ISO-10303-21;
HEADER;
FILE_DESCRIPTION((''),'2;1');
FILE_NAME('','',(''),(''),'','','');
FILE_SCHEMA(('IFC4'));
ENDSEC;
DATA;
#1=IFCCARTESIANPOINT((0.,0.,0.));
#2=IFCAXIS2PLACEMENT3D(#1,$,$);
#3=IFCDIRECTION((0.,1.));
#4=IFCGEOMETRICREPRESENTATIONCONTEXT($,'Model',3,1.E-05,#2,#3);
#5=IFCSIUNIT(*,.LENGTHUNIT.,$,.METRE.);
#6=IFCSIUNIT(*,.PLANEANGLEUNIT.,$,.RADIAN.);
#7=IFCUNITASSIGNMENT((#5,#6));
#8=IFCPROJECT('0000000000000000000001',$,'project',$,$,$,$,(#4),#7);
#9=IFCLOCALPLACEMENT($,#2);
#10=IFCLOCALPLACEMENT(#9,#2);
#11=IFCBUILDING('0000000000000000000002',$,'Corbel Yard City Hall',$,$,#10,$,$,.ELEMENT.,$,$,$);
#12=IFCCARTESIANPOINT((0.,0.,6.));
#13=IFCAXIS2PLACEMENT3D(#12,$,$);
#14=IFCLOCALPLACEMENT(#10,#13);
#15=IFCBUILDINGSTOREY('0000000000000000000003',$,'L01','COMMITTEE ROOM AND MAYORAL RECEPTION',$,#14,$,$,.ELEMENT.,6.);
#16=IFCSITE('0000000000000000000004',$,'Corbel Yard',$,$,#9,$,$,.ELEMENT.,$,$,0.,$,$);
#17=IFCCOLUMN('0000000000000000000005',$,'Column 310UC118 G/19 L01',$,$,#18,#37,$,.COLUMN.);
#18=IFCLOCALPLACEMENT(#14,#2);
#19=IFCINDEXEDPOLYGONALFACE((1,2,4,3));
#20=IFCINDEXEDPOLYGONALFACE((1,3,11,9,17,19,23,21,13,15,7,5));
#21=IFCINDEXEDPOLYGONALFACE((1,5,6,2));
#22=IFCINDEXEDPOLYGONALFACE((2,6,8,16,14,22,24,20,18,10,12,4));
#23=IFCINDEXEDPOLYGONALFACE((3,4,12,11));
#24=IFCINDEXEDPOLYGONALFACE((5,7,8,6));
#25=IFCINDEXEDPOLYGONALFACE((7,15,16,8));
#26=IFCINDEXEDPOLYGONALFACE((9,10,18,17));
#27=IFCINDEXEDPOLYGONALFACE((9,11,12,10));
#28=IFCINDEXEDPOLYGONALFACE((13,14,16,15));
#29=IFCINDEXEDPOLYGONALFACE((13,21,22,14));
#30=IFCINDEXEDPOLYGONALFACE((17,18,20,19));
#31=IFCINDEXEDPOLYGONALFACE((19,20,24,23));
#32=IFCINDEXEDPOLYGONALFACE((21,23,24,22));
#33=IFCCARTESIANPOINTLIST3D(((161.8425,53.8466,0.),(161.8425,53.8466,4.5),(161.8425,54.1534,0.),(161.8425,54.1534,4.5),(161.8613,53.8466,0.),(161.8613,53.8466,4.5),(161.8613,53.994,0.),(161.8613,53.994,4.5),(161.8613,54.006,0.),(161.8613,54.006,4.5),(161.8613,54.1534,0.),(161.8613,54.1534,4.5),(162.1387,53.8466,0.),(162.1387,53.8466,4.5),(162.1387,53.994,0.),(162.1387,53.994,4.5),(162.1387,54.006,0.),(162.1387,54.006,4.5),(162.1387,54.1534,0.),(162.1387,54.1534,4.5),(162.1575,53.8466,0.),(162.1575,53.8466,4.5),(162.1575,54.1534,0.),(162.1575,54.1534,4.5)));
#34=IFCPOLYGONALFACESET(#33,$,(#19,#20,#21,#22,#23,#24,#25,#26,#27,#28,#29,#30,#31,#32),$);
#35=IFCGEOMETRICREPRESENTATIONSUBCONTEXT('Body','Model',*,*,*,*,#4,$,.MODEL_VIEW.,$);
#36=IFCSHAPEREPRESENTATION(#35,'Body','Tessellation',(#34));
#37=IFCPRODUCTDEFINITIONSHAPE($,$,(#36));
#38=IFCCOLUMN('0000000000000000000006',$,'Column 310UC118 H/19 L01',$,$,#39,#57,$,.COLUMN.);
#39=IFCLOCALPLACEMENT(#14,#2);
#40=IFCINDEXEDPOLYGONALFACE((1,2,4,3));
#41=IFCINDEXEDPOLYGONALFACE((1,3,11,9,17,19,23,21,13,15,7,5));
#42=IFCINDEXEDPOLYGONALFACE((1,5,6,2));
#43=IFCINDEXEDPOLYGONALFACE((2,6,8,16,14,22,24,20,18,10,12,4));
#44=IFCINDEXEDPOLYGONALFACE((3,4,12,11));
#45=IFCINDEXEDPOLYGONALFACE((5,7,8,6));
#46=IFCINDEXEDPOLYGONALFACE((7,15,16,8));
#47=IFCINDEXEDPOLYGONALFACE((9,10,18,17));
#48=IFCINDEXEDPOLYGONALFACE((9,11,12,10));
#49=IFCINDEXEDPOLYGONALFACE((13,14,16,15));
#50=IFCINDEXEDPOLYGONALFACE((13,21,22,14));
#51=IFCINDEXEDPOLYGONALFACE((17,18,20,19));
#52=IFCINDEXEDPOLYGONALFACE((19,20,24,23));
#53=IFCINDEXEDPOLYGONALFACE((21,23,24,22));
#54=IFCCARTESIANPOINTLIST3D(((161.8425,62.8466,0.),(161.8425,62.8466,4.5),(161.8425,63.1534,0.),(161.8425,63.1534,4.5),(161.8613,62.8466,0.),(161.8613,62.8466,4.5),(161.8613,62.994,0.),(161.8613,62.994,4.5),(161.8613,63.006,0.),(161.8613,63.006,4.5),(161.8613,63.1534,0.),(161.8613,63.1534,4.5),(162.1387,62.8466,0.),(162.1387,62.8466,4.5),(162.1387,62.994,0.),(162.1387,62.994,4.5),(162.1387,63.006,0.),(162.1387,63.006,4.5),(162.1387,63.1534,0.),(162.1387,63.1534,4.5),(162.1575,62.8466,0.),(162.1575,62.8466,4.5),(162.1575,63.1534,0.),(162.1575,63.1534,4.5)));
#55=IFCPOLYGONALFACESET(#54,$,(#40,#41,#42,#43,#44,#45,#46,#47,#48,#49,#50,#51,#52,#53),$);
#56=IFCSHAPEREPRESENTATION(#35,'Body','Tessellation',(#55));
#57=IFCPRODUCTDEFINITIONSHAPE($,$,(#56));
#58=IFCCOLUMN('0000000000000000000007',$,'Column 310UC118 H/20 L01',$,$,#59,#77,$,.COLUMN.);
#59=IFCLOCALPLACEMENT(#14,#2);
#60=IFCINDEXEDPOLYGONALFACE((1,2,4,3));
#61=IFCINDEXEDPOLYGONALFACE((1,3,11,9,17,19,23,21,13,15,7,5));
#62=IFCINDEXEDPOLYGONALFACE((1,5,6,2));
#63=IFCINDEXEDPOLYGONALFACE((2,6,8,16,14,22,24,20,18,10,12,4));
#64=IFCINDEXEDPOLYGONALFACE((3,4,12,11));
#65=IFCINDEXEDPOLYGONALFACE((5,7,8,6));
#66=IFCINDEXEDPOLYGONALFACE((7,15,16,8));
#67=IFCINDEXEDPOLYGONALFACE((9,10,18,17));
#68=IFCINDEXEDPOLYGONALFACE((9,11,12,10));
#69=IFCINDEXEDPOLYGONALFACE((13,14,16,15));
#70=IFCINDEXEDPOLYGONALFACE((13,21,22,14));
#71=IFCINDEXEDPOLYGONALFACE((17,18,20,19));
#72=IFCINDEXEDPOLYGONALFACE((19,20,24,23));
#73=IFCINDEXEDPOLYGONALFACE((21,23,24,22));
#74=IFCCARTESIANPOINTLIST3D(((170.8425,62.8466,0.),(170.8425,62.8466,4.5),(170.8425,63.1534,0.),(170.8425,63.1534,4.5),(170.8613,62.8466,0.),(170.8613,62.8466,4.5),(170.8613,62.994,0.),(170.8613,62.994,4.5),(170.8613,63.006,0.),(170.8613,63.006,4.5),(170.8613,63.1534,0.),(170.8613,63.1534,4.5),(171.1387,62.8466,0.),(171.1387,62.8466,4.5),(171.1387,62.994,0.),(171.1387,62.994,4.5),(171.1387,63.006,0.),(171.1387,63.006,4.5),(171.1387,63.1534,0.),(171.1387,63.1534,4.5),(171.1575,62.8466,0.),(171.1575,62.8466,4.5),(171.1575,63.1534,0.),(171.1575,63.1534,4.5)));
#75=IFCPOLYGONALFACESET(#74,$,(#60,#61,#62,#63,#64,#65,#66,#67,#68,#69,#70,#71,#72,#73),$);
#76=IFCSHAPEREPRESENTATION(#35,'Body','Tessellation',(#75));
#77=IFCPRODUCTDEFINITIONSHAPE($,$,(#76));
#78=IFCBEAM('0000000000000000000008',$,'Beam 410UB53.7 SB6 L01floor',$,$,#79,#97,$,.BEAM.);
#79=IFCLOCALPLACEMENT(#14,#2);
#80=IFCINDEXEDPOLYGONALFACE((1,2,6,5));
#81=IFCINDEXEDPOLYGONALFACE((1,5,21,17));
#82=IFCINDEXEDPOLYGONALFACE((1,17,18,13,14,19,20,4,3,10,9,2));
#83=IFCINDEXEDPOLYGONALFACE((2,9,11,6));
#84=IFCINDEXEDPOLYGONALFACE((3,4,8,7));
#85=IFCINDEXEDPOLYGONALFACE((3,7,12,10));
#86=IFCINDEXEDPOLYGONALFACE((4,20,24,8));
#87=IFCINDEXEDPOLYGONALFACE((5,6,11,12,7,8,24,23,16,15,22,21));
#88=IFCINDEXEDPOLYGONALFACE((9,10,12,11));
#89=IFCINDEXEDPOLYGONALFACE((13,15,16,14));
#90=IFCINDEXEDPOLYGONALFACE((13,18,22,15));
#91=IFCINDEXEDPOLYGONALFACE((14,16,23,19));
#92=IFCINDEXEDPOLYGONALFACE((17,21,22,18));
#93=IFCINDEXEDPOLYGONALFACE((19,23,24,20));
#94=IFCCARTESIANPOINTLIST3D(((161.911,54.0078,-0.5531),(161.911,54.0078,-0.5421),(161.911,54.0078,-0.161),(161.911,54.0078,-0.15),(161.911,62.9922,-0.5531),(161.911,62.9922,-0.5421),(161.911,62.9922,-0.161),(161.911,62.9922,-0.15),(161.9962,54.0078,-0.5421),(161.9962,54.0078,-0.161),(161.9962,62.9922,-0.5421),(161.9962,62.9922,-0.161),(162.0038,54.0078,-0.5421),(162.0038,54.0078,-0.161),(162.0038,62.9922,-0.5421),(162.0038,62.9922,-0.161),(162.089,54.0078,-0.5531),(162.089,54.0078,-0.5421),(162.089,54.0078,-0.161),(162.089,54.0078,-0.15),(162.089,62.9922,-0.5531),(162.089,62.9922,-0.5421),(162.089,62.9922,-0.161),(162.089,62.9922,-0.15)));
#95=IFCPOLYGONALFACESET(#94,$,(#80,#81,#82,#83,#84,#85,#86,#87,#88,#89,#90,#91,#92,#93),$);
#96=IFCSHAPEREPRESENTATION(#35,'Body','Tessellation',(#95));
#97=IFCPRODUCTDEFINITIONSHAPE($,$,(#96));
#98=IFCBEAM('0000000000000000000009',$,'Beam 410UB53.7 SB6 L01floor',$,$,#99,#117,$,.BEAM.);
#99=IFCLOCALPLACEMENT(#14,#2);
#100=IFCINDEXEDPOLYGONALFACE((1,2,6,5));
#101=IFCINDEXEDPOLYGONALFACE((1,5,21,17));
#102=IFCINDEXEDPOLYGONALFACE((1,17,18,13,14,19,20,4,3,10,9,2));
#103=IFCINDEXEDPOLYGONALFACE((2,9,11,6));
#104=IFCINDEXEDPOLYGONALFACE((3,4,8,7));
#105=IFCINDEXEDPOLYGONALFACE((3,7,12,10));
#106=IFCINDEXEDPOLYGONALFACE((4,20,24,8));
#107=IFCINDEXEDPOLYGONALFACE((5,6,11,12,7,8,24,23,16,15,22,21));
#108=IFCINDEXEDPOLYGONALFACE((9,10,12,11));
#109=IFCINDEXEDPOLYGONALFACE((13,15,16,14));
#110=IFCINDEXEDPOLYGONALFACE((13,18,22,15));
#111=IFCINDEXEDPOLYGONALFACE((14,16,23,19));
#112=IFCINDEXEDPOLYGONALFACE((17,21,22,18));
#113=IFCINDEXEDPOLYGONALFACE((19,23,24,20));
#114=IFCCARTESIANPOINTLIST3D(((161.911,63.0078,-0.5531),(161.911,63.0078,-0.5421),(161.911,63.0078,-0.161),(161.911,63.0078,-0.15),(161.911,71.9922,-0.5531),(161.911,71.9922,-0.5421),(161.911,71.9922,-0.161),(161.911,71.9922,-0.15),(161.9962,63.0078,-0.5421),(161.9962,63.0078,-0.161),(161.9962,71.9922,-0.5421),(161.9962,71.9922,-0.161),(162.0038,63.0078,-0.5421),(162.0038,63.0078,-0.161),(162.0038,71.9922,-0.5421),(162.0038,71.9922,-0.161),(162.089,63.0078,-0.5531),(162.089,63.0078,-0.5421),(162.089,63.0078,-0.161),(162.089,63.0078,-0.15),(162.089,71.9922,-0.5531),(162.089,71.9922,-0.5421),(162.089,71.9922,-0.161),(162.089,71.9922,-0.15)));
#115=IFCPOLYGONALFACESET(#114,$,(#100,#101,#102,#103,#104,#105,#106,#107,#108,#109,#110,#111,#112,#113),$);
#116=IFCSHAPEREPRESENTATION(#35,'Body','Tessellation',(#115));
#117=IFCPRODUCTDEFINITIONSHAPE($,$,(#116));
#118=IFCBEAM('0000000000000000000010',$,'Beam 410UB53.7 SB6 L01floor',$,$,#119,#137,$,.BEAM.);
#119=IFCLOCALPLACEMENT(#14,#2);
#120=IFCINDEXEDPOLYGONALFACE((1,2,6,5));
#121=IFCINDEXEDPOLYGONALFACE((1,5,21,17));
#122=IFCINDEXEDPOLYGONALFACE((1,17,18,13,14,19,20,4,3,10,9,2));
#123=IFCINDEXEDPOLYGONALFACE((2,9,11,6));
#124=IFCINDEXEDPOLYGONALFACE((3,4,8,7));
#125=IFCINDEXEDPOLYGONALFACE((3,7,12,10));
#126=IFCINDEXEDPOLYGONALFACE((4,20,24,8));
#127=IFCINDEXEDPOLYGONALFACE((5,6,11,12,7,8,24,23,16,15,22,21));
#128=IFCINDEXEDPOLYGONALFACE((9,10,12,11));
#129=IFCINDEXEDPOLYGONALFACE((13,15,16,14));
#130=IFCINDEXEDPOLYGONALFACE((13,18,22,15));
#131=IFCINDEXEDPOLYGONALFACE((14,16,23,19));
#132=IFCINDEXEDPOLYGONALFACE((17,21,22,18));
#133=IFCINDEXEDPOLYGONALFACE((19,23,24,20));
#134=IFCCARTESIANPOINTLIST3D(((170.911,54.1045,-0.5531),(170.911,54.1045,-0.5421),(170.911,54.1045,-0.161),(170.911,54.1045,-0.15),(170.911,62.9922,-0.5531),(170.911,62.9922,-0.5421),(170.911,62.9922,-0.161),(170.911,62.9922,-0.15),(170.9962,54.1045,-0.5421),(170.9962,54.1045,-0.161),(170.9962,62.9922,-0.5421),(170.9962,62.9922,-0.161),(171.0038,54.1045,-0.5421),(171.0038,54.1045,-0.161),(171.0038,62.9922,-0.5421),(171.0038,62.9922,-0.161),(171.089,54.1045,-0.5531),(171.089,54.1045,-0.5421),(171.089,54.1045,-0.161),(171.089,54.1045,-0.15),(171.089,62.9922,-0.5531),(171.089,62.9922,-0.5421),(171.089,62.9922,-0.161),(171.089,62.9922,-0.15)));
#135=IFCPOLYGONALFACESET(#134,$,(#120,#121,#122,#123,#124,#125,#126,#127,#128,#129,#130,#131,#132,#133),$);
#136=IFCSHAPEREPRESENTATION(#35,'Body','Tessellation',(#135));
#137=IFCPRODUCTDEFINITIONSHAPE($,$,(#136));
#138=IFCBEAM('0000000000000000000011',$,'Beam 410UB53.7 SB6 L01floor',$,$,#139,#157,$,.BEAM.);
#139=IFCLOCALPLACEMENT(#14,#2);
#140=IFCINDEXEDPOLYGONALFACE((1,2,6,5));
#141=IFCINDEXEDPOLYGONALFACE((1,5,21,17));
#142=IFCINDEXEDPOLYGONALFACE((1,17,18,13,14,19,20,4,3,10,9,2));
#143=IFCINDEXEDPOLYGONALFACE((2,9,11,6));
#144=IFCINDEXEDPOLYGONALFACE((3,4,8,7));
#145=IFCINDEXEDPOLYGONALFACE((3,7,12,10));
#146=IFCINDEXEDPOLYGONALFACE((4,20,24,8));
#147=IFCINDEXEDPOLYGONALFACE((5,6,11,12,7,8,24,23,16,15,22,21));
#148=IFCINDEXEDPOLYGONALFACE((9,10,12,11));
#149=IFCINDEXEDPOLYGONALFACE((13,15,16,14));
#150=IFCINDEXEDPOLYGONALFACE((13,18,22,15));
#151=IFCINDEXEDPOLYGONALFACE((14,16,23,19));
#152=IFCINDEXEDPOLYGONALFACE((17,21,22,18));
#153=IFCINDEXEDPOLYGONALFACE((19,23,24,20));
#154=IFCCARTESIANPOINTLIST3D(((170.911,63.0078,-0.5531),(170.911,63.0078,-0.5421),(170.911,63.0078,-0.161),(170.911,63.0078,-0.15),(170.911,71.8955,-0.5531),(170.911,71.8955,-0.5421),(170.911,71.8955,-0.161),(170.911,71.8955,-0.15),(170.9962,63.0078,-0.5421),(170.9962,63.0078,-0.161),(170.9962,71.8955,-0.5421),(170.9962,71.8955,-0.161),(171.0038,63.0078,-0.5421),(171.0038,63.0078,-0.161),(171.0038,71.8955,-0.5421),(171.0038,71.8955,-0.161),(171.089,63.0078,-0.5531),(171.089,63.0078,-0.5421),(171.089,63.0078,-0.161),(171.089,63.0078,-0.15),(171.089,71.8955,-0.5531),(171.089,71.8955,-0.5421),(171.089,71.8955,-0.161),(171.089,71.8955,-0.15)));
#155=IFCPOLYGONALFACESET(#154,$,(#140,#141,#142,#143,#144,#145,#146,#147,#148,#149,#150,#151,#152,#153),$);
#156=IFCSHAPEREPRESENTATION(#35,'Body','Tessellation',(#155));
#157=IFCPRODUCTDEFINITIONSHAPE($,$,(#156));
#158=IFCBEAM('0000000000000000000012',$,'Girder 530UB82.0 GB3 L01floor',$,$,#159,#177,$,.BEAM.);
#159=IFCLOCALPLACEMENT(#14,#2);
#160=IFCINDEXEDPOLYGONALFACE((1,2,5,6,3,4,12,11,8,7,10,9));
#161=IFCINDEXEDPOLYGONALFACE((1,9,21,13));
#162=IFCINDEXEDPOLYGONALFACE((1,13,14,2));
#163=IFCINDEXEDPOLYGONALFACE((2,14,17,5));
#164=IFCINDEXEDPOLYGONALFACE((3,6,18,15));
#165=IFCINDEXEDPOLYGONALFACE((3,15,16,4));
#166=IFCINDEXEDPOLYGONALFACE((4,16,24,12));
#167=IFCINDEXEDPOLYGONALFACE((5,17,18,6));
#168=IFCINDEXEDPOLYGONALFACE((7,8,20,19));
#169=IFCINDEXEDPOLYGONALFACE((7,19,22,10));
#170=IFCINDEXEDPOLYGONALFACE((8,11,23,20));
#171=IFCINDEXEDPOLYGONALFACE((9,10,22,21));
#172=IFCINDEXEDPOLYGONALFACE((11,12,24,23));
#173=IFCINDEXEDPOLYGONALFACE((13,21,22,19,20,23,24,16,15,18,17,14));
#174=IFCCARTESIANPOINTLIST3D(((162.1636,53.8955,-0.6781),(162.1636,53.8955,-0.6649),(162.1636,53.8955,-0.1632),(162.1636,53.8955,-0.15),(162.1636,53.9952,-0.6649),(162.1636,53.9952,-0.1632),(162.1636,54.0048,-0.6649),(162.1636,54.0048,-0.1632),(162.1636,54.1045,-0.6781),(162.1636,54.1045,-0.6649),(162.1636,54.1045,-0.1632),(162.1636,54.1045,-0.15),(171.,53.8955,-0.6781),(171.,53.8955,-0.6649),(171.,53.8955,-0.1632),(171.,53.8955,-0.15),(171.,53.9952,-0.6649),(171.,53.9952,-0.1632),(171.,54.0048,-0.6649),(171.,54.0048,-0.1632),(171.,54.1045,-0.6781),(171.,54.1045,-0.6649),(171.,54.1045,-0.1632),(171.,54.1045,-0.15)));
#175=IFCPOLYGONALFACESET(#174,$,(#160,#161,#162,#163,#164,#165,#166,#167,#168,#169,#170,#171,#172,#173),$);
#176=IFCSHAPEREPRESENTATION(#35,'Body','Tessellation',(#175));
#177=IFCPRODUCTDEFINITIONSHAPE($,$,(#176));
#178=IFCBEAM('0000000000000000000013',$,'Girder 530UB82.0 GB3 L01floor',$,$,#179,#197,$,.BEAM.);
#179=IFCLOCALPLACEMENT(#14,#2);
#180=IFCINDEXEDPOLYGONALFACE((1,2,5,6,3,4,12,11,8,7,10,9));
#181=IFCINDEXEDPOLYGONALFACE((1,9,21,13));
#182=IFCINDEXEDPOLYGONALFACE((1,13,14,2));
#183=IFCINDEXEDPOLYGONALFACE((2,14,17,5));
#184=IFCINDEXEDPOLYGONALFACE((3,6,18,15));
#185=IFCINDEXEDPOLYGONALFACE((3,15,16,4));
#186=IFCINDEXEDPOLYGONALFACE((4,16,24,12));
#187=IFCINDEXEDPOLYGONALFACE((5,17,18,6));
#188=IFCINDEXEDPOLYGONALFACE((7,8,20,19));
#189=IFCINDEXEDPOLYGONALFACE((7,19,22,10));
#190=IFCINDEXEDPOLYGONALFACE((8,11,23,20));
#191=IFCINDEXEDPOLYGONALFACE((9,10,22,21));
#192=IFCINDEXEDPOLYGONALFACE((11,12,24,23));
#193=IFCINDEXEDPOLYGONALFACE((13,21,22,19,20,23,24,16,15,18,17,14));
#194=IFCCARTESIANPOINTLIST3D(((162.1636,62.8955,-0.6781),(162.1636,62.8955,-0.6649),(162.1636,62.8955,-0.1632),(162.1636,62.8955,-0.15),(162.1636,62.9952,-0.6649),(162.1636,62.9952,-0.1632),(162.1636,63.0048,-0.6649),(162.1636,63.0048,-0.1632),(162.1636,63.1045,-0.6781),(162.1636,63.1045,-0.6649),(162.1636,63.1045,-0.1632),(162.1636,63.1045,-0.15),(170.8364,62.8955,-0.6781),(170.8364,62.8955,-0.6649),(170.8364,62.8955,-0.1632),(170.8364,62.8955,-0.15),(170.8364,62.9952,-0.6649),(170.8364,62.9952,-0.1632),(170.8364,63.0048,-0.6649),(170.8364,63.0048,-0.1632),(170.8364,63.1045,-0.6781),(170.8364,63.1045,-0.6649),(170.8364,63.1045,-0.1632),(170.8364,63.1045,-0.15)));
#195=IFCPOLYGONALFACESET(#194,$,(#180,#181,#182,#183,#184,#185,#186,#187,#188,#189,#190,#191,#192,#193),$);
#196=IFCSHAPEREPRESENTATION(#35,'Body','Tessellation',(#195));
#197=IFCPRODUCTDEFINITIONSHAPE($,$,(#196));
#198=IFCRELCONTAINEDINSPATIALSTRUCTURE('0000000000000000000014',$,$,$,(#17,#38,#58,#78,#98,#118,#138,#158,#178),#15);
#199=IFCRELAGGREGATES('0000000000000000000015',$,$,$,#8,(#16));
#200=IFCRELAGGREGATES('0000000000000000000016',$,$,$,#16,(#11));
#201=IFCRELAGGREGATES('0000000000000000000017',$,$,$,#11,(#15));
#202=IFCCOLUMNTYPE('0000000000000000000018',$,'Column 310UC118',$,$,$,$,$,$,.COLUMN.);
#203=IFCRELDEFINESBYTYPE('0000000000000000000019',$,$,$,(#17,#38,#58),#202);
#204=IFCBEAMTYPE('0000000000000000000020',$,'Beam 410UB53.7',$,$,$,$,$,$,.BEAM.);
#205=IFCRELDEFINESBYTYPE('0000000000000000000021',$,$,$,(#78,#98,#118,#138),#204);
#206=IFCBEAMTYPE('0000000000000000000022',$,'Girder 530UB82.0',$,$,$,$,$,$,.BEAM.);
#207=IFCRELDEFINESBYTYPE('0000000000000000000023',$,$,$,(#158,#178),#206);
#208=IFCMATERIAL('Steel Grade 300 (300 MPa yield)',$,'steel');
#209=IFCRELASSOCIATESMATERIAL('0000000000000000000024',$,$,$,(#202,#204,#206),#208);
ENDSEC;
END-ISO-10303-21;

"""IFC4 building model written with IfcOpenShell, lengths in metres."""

from ifc_helpers import new_model, si_unit, direction, frame, origin, origin_2d, place, context, subcontext, project, spatial, i_section, extrude, material, material_profile, profile_set, type_object, element, save


model = new_model("IFC4")

# Units and contexts
model_context = context("Model", 3, precision=1e-05, world=origin(), true_north=direction((0.0, 1.0)))
body_context = subcontext(model_context, "Body", "Model", "MODEL_VIEW")
ifc_project = project(units=[si_unit("LENGTHUNIT", "METRE"), si_unit("PLANEANGLEUNIT", "RADIAN")], contexts=[model_context])

# Site, building, storey
site_placement = place(None, origin())
site = spatial("IfcSite", under=ifc_project, at=site_placement, Name="Corbel Yard", CompositionType="ELEMENT", RefElevation=0.0)
building_placement = place(site_placement, origin())
building = spatial("IfcBuilding", under=site, at=building_placement, Name="Corbel Yard City Hall", CompositionType="ELEMENT")
storey_placement = place(building_placement, frame((0.0, 0.0, 6.0)))
storey = spatial("IfcBuildingStorey", under=building, at=storey_placement, Name="L01", Description="COMMITTEE ROOM AND MAYORAL RECEPTION", CompositionType="ELEMENT", Elevation=6.0)

# Columns
ifc_material_1 = material(Name="Steel Grade 300 (300 MPa yield)", Category="steel")
ifc_material_profile_1 = material_profile(ifc_material_1, i_section(OverallWidth=0.3069, OverallDepth=0.3149, WebThickness=0.012, FlangeThickness=0.0188, at=origin_2d()), Name="310UC118")
ifc_profile_set_1 = profile_set([ifc_material_profile_1], Name="Steel Grade 300 (300 MPa yield)")
column_type = type_object("IfcColumnType", Name="Column 310UC118", PredefinedType="COLUMN", material=ifc_profile_set_1)
for number, where, z_axis, x_axis, name in (
    (1, (162.0, 54.0, 0.0), (0.0, 0.0, 1.0), (0.0, 1.0, 0.0), "Column 310UC118 G/19 L01"),
    (2, (162.0, 63.0, 0.0), (0.0, 0.0, 1.0), (0.0, 1.0, 0.0), "Column 310UC118 H/19 L01"),
    (3, (171.0, 63.0, 0.0), (0.0, 0.0, 1.0), (0.0, 1.0, 0.0), "Column 310UC118 H/20 L01"),
):
    element("IfcColumn", number, at=place(storey_placement, frame(where, z_axis=z_axis, x_axis=x_axis)), inside=storey, type_object=column_type, Name=name, PredefinedType="COLUMN", context=body_context, shape_type="SweptSolid", body=[
        extrude(i_section(OverallWidth=0.3069, OverallDepth=0.3149, WebThickness=0.012, FlangeThickness=0.0188, at=origin_2d()), origin(), (0.0, 0.0, 1.0), 4.5),
    ])

# Beams
ifc_material_profile_2 = material_profile(ifc_material_1, i_section(OverallWidth=0.178, OverallDepth=0.4031, WebThickness=0.0076, FlangeThickness=0.011, at=origin_2d()), Name="410UB53.7")
ifc_profile_set_2 = profile_set([ifc_material_profile_2], Name="Steel Grade 300 (300 MPa yield)")
beam_type_1 = type_object("IfcBeamType", Name="Beam 410UB53.7", PredefinedType="BEAM", material=ifc_profile_set_2)
for number, where, z_axis, x_axis, name in (
    (4, (162.0, 54.0078, -0.3516), (0.0, 1.0, 0.0), (-1.0, 0.0, 0.0), "Beam 410UB53.7 SB6 L01floor"),
    (5, (162.0, 63.0078, -0.3516), (0.0, 1.0, 0.0), (-1.0, 0.0, 0.0), "Beam 410UB53.7 SB6 L01floor"),
):
    element("IfcBeam", number, at=place(storey_placement, frame(where, z_axis=z_axis, x_axis=x_axis)), inside=storey, type_object=beam_type_1, Name=name, PredefinedType="BEAM", context=body_context, shape_type="SweptSolid", body=[
        extrude(i_section(OverallWidth=0.178, OverallDepth=0.4031, WebThickness=0.0076, FlangeThickness=0.011, at=origin_2d()), origin(), (0.0, 0.0, 1.0), 8.9844),
    ])
for number, where, z_axis, x_axis, name in (
    (6, (171.0, 54.1045, -0.3516), (0.0, 1.0, 0.0), (-1.0, 0.0, 0.0), "Beam 410UB53.7 SB6 L01floor"),
    (7, (171.0, 63.0078, -0.3516), (0.0, 1.0, 0.0), (-1.0, 0.0, 0.0), "Beam 410UB53.7 SB6 L01floor"),
):
    element("IfcBeam", number, at=place(storey_placement, frame(where, z_axis=z_axis, x_axis=x_axis)), inside=storey, type_object=beam_type_1, Name=name, PredefinedType="BEAM", context=body_context, shape_type="SweptSolid", body=[
        extrude(i_section(OverallWidth=0.178, OverallDepth=0.4031, WebThickness=0.0076, FlangeThickness=0.011, at=origin_2d()), origin(), (0.0, 0.0, 1.0), 8.8877),
    ])
ifc_material_profile_3 = material_profile(ifc_material_1, i_section(OverallWidth=0.209, OverallDepth=0.5281, WebThickness=0.0095, FlangeThickness=0.0132, at=origin_2d()), Name="530UB82.0")
ifc_profile_set_3 = profile_set([ifc_material_profile_3], Name="Steel Grade 300 (300 MPa yield)")
beam_type_2 = type_object("IfcBeamType", Name="Girder 530UB82.0", PredefinedType="BEAM", material=ifc_profile_set_3)
beam_1_placement = place(storey_placement, frame((162.1636, 54.0, -0.4141), z_axis=(1.0, 0.0, 0.0), x_axis=(0.0, 1.0, 0.0)))
element("IfcBeam", 8, at=beam_1_placement, inside=storey, type_object=beam_type_2, Name="Girder 530UB82.0 GB3 L01floor", PredefinedType="BEAM", context=body_context, shape_type="SweptSolid", body=[
    extrude(i_section(OverallWidth=0.209, OverallDepth=0.5281, WebThickness=0.0095, FlangeThickness=0.0132, at=origin_2d()), origin(), (0.0, 0.0, 1.0), 8.8364),
])
beam_2_placement = place(storey_placement, frame((162.1636, 63.0, -0.4141), z_axis=(1.0, 0.0, 0.0), x_axis=(0.0, 1.0, 0.0)))
element("IfcBeam", 9, at=beam_2_placement, inside=storey, type_object=beam_type_2, Name="Girder 530UB82.0 GB3 L01floor", PredefinedType="BEAM", context=body_context, shape_type="SweptSolid", body=[
    extrude(i_section(OverallWidth=0.209, OverallDepth=0.5281, WebThickness=0.0095, FlangeThickness=0.0132, at=origin_2d()), origin(), (0.0, 0.0, 1.0), 8.6729),
])

save(model, "model.ifc")
